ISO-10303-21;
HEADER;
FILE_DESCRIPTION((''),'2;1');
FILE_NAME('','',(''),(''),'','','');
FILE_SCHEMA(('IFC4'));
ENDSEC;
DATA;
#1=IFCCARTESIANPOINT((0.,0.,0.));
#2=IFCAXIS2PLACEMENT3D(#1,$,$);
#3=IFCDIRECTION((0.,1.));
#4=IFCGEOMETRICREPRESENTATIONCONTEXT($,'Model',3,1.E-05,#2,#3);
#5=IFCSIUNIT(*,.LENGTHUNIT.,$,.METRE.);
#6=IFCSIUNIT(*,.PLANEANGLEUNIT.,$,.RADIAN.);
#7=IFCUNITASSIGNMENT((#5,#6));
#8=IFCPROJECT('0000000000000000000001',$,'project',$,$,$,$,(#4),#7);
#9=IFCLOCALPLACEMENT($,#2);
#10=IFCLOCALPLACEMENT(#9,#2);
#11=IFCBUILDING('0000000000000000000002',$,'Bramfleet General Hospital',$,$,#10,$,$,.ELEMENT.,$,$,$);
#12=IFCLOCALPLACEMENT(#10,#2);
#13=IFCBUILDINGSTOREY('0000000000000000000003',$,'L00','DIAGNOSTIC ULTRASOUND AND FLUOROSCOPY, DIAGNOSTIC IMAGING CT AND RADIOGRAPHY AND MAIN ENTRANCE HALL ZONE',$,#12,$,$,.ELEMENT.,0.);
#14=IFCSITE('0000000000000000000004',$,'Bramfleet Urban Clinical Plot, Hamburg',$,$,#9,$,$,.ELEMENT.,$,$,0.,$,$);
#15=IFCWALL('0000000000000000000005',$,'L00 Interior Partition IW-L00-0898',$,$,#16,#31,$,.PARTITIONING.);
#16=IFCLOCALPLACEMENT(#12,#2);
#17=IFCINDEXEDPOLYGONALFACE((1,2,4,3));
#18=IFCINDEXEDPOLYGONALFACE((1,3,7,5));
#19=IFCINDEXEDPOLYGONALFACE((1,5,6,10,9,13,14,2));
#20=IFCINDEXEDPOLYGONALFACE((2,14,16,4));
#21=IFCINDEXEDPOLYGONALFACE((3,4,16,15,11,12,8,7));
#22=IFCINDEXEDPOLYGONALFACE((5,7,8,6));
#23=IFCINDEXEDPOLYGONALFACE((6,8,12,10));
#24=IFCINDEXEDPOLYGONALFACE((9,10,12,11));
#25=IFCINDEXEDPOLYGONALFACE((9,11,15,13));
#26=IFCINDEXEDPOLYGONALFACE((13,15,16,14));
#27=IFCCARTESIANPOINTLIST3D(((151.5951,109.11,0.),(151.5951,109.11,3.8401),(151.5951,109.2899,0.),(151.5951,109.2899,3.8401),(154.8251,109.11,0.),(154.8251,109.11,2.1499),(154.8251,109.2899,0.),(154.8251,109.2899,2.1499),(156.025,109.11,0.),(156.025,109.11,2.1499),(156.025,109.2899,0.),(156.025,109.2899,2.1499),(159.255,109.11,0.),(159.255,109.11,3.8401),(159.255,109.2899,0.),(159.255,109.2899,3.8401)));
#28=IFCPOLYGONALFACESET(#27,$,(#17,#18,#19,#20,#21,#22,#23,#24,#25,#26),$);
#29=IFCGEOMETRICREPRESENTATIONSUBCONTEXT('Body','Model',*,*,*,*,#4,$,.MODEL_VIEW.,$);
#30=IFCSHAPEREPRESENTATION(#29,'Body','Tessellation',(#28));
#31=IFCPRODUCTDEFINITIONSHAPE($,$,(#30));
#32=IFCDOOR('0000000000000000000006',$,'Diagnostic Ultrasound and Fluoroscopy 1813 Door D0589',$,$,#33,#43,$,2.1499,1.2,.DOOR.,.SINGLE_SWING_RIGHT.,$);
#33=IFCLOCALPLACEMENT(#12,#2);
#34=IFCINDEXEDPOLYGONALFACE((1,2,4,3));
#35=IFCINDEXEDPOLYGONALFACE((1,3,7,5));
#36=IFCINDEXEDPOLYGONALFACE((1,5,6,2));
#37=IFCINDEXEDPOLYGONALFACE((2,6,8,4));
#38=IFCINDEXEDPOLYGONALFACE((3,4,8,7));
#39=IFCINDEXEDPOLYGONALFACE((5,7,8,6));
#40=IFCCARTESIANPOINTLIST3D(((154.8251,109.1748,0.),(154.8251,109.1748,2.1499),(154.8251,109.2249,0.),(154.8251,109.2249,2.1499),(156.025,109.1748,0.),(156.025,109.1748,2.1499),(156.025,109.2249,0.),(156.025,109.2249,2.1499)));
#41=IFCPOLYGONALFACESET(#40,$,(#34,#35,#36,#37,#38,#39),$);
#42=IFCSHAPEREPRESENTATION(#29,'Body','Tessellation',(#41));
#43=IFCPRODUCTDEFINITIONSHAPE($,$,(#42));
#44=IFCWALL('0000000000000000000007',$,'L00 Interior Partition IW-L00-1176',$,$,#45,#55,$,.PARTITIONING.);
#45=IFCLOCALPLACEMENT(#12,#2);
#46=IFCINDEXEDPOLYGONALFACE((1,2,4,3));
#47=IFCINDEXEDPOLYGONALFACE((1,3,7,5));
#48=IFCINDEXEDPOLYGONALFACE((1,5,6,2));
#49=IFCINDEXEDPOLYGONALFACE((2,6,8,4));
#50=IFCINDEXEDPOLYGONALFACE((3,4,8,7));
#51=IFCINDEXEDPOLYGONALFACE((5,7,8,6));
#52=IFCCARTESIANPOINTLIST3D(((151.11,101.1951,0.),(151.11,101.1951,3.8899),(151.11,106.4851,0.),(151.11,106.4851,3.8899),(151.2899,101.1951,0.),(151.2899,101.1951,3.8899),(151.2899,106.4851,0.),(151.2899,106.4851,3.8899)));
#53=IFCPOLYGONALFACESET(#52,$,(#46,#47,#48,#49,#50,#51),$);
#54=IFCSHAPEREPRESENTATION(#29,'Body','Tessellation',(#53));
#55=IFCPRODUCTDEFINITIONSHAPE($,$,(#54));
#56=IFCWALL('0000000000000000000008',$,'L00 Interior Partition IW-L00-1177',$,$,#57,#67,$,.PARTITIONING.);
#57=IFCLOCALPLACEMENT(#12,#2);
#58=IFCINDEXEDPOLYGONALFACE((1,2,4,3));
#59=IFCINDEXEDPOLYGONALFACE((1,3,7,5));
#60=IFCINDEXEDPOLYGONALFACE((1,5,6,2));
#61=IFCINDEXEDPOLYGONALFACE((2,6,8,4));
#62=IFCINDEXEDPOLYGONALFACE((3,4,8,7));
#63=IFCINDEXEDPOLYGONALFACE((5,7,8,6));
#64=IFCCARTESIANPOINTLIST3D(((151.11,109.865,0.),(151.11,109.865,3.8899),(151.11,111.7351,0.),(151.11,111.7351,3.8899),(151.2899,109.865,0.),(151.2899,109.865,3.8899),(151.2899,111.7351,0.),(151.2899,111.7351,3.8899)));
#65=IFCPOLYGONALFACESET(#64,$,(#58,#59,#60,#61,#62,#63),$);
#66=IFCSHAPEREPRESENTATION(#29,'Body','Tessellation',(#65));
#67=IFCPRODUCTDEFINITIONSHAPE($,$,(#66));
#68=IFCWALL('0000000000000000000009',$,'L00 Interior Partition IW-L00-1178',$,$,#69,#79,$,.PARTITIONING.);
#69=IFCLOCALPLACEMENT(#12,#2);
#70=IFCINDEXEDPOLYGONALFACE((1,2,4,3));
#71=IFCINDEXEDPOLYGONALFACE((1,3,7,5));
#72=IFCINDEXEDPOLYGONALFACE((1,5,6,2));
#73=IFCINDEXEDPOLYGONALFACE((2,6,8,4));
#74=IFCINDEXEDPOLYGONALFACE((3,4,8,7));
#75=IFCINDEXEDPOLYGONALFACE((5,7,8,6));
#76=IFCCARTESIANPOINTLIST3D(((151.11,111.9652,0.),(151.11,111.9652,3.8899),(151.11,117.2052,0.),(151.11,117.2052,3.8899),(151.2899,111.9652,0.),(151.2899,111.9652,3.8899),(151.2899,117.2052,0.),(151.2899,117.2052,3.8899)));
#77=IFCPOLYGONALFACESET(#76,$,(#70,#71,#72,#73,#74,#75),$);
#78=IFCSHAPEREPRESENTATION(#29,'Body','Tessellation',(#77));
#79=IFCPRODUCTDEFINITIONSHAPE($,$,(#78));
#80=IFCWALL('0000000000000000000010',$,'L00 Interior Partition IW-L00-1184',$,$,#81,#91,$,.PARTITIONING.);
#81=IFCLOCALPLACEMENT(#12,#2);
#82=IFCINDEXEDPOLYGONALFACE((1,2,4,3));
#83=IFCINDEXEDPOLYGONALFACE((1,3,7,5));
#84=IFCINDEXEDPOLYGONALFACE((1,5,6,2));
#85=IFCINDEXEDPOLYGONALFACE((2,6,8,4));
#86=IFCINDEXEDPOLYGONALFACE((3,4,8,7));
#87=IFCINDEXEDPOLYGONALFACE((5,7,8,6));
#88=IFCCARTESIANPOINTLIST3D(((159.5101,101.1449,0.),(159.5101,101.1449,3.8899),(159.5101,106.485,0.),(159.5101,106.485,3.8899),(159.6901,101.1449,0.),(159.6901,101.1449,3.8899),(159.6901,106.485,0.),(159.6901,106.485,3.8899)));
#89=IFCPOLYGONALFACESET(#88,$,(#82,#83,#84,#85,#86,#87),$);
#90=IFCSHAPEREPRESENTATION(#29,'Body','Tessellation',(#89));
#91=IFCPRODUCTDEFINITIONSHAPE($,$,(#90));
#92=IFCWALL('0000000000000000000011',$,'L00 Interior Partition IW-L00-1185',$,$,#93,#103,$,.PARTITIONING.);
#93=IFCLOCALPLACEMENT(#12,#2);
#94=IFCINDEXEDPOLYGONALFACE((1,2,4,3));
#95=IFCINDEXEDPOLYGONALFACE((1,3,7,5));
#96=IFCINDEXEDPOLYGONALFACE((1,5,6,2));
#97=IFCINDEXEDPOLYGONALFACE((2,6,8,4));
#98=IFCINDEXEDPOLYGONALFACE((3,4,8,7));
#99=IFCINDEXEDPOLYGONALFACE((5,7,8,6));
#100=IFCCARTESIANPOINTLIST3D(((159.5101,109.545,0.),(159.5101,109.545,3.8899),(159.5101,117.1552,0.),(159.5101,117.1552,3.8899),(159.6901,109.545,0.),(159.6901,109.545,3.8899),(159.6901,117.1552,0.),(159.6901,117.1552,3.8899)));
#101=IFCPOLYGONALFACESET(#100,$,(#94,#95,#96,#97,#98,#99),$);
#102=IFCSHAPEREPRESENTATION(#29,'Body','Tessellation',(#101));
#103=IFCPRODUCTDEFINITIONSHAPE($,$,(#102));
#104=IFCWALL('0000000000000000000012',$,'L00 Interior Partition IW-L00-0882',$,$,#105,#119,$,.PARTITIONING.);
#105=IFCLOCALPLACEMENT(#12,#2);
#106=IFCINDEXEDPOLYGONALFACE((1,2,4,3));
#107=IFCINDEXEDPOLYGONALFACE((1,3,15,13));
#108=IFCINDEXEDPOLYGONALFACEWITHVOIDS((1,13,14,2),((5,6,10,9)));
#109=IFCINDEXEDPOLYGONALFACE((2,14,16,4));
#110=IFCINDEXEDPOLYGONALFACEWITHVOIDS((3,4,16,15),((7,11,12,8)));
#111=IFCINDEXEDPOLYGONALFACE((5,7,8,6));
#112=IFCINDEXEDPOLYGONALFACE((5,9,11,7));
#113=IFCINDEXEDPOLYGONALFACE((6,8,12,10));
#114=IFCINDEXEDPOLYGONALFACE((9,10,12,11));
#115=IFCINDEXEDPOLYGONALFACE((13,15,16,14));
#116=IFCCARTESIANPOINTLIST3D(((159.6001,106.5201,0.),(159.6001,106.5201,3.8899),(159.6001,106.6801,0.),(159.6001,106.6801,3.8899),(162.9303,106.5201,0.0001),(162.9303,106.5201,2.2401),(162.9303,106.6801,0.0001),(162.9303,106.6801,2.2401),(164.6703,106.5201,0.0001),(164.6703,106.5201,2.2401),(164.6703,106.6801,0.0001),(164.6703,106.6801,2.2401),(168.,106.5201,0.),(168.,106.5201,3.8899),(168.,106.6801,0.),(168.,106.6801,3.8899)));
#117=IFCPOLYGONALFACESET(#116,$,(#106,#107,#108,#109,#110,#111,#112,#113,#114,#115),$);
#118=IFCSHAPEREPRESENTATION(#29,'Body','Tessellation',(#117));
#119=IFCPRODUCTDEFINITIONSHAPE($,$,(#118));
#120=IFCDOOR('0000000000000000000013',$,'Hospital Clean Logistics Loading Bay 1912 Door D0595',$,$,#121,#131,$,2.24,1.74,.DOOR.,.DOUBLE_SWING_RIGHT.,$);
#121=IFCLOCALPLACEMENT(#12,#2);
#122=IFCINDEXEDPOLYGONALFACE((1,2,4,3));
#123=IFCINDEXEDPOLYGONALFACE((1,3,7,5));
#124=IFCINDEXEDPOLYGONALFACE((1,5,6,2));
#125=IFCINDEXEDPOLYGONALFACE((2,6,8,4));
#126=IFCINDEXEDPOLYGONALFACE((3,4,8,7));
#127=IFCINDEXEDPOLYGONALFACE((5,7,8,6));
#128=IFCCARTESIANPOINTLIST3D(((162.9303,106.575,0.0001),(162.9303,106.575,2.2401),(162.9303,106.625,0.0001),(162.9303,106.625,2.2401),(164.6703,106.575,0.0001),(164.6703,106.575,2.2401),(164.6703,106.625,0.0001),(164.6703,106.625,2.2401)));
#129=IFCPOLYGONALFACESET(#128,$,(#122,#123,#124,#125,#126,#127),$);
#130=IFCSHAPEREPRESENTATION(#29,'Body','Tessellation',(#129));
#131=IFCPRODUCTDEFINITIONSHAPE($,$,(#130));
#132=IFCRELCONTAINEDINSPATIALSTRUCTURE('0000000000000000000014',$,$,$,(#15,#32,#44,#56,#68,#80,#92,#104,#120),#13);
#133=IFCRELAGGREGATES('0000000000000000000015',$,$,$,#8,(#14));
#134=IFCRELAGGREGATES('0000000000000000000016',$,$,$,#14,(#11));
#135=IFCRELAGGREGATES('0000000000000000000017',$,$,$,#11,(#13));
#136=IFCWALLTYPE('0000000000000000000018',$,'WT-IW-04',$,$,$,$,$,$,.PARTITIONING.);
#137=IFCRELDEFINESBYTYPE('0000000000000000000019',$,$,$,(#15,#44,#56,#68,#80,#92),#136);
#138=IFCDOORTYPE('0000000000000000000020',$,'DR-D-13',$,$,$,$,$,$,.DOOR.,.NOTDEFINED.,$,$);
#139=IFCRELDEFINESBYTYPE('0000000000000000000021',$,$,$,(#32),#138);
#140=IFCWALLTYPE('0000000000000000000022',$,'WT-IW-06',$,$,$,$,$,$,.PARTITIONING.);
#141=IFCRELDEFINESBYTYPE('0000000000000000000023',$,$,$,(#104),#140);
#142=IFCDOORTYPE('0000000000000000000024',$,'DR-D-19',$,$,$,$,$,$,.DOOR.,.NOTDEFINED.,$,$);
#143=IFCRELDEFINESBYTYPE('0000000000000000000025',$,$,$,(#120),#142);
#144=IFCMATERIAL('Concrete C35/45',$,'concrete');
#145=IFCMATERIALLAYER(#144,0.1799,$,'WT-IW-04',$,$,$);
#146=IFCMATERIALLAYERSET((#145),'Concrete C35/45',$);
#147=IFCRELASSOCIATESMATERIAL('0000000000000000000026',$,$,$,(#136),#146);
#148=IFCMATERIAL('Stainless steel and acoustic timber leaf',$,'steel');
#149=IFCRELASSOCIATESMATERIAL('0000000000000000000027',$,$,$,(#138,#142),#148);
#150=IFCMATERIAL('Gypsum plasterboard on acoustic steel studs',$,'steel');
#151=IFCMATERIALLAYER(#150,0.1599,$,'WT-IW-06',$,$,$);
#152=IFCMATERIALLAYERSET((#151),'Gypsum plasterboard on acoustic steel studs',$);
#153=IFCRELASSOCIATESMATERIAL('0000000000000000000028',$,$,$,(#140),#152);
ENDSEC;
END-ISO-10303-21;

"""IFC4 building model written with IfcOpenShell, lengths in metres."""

from ifc_helpers import new_model, si_unit, direction, frame, frame_2d, origin, place, context, subcontext, project, spatial, rectangle, extrude, material, layer, layer_set, type_object, element, fill, save


model = new_model("IFC4")

# Units and contexts
model_context = context("Model", 3, precision=1e-05, world=origin(), true_north=direction((0.0, 1.0)))
body_context = subcontext(model_context, "Body", "Model", "MODEL_VIEW")
ifc_project = project(units=[si_unit("LENGTHUNIT", "METRE"), si_unit("PLANEANGLEUNIT", "RADIAN")], contexts=[model_context])

# Site, building, storey
site_placement = place(None, origin())
site = spatial("IfcSite", under=ifc_project, at=site_placement, Name="Bramfleet Urban Clinical Plot, Hamburg", CompositionType="ELEMENT", RefElevation=0.0)
building_placement = place(site_placement, origin())
building = spatial("IfcBuilding", under=site, at=building_placement, Name="Bramfleet General Hospital", CompositionType="ELEMENT")
storey_placement = place(building_placement, origin())
storey = spatial("IfcBuildingStorey", under=building, at=storey_placement, Name="L00", Description="DIAGNOSTIC ULTRASOUND AND FLUOROSCOPY, DIAGNOSTIC IMAGING CT AND RADIOGRAPHY AND MAIN ENTRANCE HALL ZONE", CompositionType="ELEMENT", Elevation=0.0)

# Shared definitions
ifc_material_1 = material(Name="Concrete C35/45", Category="concrete")

# Shared definitions
ifc_layer_1 = layer(ifc_material_1, 0.1799, Name="WT-IW-04")
ifc_layer_set_1 = layer_set([ifc_layer_1], Name="Concrete C35/45")
wall_type_1 = type_object("IfcWallType", Name="WT-IW-04", PredefinedType="PARTITIONING", material=ifc_layer_set_1)

# Wall, opening, door
ifc_material_2 = material(Name="Stainless steel and acoustic timber leaf", Category="steel")
wall_1_placement = place(storey_placement, frame((151.595, 109.2, 0.0), z_axis=(0.0, 0.0, 1.0), x_axis=(1.0, 0.0, 0.0)))
wall_1 = element("IfcWall", 1, at=wall_1_placement, inside=storey, type_object=wall_type_1, Name="L00 Interior Partition IW-L00-0898", PredefinedType="PARTITIONING", context=body_context, shape_type="SweptSolid", body=[
    extrude(rectangle(XDim=7.6599, YDim=0.1799, at=frame_2d((3.8301, 0.0))), origin(), (0.0, 0.0, 1.0), 3.8401),
])
opening_1_placement = place(wall_1_placement, frame((3.23, 0.0, 0.0)))
opening_1 = element("IfcOpeningElement", 2, at=opening_1_placement, cuts=wall_1, PredefinedType="OPENING", context=body_context, shape_type="SweptSolid", body=[
    extrude(rectangle(XDim=1.2, YDim=2.1499, at=frame_2d((0.6001, 1.075))), frame((0.0, 0.0999, 0.0), z_axis=(0.0, -1.0, 0.0), x_axis=(1.0, 0.0, 0.0)), (0.0, 0.0, 1.0), 0.2),
])
door_type_1 = type_object("IfcDoorType", Name="DR-D-13", OperationType="NOTDEFINED", PredefinedType="DOOR", material=ifc_material_2)
door_1_placement = place(opening_1_placement, origin())
door_1 = element("IfcDoor", 3, at=door_1_placement, inside=storey, type_object=door_type_1, Name="Diagnostic Ultrasound and Fluoroscopy 1813 Door D0589", OperationType="SINGLE_SWING_RIGHT", OverallHeight=2.1499, OverallWidth=1.2, PredefinedType="DOOR", context=body_context, shape_type="SweptSolid", body=[
    extrude(rectangle(XDim=1.2, YDim=2.1499, at=frame_2d((0.6001, 1.075))), frame((0.0, 0.0249, 0.0), z_axis=(0.0, -1.0, 0.0), x_axis=(1.0, 0.0, 0.0)), (0.0, 0.0, 1.0), 0.05),
])
fill(opening_1, door_1)

# Walls
wall_2_placement = place(storey_placement, frame((151.2, 101.1951, 0.0), z_axis=(0.0, 0.0, 1.0), x_axis=(0.0, 1.0, 0.0)))
element("IfcWall", 4, at=wall_2_placement, inside=storey, type_object=wall_type_1, Name="L00 Interior Partition IW-L00-1176", PredefinedType="PARTITIONING", context=body_context, shape_type="SweptSolid", body=[
    extrude(rectangle(XDim=5.29, YDim=0.1799, at=frame_2d((2.645, 0.0))), origin(), (0.0, 0.0, 1.0), 3.8899),
])
wall_3_placement = place(storey_placement, frame((151.2, 109.865, 0.0), z_axis=(0.0, 0.0, 1.0), x_axis=(0.0, 1.0, 0.0)))
element("IfcWall", 5, at=wall_3_placement, inside=storey, type_object=wall_type_1, Name="L00 Interior Partition IW-L00-1177", PredefinedType="PARTITIONING", context=body_context, shape_type="SweptSolid", body=[
    extrude(rectangle(XDim=1.8701, YDim=0.1799, at=frame_2d((0.9351, 0.0))), origin(), (0.0, 0.0, 1.0), 3.8899),
])
wall_4_placement = place(storey_placement, frame((151.2, 111.9651, 0.0), z_axis=(0.0, 0.0, 1.0), x_axis=(0.0, 1.0, 0.0)))
element("IfcWall", 6, at=wall_4_placement, inside=storey, type_object=wall_type_1, Name="L00 Interior Partition IW-L00-1178", PredefinedType="PARTITIONING", context=body_context, shape_type="SweptSolid", body=[
    extrude(rectangle(XDim=5.24, YDim=0.1799, at=frame_2d((2.6201, 0.0))), origin(), (0.0, 0.0, 1.0), 3.8899),
])
wall_5_placement = place(storey_placement, frame((159.6001, 101.145, 0.0), z_axis=(0.0, 0.0, 1.0), x_axis=(0.0, 1.0, 0.0)))
element("IfcWall", 7, at=wall_5_placement, inside=storey, type_object=wall_type_1, Name="L00 Interior Partition IW-L00-1184", PredefinedType="PARTITIONING", context=body_context, shape_type="SweptSolid", body=[
    extrude(rectangle(XDim=5.3401, YDim=0.1799, at=frame_2d((2.6699, 0.0))), origin(), (0.0, 0.0, 1.0), 3.8899),
])
wall_6_placement = place(storey_placement, frame((159.6001, 109.5449, 0.0), z_axis=(0.0, 0.0, 1.0), x_axis=(0.0, 1.0, 0.0)))
element("IfcWall", 8, at=wall_6_placement, inside=storey, type_object=wall_type_1, Name="L00 Interior Partition IW-L00-1185", PredefinedType="PARTITIONING", context=body_context, shape_type="SweptSolid", body=[
    extrude(rectangle(XDim=7.6101, YDim=0.1799, at=frame_2d((3.8052, 0.0))), origin(), (0.0, 0.0, 1.0), 3.8899),
])

# Wall, opening, door
ifc_material_3 = material(Name="Gypsum plasterboard on acoustic steel studs", Category="steel")
ifc_layer_2 = layer(ifc_material_3, 0.1599, Name="WT-IW-06")
ifc_layer_set_2 = layer_set([ifc_layer_2], Name="Gypsum plasterboard on acoustic steel studs")
wall_type_2 = type_object("IfcWallType", Name="WT-IW-06", PredefinedType="PARTITIONING", material=ifc_layer_set_2)
wall_7_placement = place(storey_placement, frame((159.6001, 106.6001, 0.0), z_axis=(0.0, 0.0, 1.0), x_axis=(1.0, 0.0, 0.0)))
wall_7 = element("IfcWall", 9, at=wall_7_placement, inside=storey, type_object=wall_type_2, Name="L00 Interior Partition IW-L00-0882", PredefinedType="PARTITIONING", context=body_context, shape_type="SweptSolid", body=[
    extrude(rectangle(XDim=8.3999, YDim=0.1599, at=frame_2d((4.2, 0.0))), origin(), (0.0, 0.0, 1.0), 3.8899),
])
opening_2_placement = place(wall_7_placement, frame((3.3301, 0.0, 0.0)))
opening_2 = element("IfcOpeningElement", 10, at=opening_2_placement, cuts=wall_7, PredefinedType="OPENING", context=body_context, shape_type="SweptSolid", body=[
    extrude(rectangle(XDim=1.74, YDim=2.24, at=frame_2d((0.8701, 1.1201))), frame((0.0, 0.0898, 0.0), z_axis=(0.0, -1.0, 0.0), x_axis=(1.0, 0.0, 0.0)), (0.0, 0.0, 1.0), 0.1799),
])
door_type_2 = type_object("IfcDoorType", Name="DR-D-19", OperationType="NOTDEFINED", PredefinedType="DOOR", material=ifc_material_2)
door_2_placement = place(opening_2_placement, origin())
door_2 = element("IfcDoor", 11, at=door_2_placement, inside=storey, type_object=door_type_2, Name="Hospital Clean Logistics Loading Bay 1912 Door D0595", OperationType="DOUBLE_SWING_RIGHT", OverallHeight=2.24, OverallWidth=1.74, PredefinedType="DOOR", context=body_context, shape_type="SweptSolid", body=[
    extrude(rectangle(XDim=1.74, YDim=2.24, at=frame_2d((0.8701, 1.1201))), frame((0.0, 0.0249, 0.0), z_axis=(0.0, -1.0, 0.0), x_axis=(1.0, 0.0, 0.0)), (0.0, 0.0, 1.0), 0.05),
])
fill(opening_2, door_2)

save(model, "model.ifc")
